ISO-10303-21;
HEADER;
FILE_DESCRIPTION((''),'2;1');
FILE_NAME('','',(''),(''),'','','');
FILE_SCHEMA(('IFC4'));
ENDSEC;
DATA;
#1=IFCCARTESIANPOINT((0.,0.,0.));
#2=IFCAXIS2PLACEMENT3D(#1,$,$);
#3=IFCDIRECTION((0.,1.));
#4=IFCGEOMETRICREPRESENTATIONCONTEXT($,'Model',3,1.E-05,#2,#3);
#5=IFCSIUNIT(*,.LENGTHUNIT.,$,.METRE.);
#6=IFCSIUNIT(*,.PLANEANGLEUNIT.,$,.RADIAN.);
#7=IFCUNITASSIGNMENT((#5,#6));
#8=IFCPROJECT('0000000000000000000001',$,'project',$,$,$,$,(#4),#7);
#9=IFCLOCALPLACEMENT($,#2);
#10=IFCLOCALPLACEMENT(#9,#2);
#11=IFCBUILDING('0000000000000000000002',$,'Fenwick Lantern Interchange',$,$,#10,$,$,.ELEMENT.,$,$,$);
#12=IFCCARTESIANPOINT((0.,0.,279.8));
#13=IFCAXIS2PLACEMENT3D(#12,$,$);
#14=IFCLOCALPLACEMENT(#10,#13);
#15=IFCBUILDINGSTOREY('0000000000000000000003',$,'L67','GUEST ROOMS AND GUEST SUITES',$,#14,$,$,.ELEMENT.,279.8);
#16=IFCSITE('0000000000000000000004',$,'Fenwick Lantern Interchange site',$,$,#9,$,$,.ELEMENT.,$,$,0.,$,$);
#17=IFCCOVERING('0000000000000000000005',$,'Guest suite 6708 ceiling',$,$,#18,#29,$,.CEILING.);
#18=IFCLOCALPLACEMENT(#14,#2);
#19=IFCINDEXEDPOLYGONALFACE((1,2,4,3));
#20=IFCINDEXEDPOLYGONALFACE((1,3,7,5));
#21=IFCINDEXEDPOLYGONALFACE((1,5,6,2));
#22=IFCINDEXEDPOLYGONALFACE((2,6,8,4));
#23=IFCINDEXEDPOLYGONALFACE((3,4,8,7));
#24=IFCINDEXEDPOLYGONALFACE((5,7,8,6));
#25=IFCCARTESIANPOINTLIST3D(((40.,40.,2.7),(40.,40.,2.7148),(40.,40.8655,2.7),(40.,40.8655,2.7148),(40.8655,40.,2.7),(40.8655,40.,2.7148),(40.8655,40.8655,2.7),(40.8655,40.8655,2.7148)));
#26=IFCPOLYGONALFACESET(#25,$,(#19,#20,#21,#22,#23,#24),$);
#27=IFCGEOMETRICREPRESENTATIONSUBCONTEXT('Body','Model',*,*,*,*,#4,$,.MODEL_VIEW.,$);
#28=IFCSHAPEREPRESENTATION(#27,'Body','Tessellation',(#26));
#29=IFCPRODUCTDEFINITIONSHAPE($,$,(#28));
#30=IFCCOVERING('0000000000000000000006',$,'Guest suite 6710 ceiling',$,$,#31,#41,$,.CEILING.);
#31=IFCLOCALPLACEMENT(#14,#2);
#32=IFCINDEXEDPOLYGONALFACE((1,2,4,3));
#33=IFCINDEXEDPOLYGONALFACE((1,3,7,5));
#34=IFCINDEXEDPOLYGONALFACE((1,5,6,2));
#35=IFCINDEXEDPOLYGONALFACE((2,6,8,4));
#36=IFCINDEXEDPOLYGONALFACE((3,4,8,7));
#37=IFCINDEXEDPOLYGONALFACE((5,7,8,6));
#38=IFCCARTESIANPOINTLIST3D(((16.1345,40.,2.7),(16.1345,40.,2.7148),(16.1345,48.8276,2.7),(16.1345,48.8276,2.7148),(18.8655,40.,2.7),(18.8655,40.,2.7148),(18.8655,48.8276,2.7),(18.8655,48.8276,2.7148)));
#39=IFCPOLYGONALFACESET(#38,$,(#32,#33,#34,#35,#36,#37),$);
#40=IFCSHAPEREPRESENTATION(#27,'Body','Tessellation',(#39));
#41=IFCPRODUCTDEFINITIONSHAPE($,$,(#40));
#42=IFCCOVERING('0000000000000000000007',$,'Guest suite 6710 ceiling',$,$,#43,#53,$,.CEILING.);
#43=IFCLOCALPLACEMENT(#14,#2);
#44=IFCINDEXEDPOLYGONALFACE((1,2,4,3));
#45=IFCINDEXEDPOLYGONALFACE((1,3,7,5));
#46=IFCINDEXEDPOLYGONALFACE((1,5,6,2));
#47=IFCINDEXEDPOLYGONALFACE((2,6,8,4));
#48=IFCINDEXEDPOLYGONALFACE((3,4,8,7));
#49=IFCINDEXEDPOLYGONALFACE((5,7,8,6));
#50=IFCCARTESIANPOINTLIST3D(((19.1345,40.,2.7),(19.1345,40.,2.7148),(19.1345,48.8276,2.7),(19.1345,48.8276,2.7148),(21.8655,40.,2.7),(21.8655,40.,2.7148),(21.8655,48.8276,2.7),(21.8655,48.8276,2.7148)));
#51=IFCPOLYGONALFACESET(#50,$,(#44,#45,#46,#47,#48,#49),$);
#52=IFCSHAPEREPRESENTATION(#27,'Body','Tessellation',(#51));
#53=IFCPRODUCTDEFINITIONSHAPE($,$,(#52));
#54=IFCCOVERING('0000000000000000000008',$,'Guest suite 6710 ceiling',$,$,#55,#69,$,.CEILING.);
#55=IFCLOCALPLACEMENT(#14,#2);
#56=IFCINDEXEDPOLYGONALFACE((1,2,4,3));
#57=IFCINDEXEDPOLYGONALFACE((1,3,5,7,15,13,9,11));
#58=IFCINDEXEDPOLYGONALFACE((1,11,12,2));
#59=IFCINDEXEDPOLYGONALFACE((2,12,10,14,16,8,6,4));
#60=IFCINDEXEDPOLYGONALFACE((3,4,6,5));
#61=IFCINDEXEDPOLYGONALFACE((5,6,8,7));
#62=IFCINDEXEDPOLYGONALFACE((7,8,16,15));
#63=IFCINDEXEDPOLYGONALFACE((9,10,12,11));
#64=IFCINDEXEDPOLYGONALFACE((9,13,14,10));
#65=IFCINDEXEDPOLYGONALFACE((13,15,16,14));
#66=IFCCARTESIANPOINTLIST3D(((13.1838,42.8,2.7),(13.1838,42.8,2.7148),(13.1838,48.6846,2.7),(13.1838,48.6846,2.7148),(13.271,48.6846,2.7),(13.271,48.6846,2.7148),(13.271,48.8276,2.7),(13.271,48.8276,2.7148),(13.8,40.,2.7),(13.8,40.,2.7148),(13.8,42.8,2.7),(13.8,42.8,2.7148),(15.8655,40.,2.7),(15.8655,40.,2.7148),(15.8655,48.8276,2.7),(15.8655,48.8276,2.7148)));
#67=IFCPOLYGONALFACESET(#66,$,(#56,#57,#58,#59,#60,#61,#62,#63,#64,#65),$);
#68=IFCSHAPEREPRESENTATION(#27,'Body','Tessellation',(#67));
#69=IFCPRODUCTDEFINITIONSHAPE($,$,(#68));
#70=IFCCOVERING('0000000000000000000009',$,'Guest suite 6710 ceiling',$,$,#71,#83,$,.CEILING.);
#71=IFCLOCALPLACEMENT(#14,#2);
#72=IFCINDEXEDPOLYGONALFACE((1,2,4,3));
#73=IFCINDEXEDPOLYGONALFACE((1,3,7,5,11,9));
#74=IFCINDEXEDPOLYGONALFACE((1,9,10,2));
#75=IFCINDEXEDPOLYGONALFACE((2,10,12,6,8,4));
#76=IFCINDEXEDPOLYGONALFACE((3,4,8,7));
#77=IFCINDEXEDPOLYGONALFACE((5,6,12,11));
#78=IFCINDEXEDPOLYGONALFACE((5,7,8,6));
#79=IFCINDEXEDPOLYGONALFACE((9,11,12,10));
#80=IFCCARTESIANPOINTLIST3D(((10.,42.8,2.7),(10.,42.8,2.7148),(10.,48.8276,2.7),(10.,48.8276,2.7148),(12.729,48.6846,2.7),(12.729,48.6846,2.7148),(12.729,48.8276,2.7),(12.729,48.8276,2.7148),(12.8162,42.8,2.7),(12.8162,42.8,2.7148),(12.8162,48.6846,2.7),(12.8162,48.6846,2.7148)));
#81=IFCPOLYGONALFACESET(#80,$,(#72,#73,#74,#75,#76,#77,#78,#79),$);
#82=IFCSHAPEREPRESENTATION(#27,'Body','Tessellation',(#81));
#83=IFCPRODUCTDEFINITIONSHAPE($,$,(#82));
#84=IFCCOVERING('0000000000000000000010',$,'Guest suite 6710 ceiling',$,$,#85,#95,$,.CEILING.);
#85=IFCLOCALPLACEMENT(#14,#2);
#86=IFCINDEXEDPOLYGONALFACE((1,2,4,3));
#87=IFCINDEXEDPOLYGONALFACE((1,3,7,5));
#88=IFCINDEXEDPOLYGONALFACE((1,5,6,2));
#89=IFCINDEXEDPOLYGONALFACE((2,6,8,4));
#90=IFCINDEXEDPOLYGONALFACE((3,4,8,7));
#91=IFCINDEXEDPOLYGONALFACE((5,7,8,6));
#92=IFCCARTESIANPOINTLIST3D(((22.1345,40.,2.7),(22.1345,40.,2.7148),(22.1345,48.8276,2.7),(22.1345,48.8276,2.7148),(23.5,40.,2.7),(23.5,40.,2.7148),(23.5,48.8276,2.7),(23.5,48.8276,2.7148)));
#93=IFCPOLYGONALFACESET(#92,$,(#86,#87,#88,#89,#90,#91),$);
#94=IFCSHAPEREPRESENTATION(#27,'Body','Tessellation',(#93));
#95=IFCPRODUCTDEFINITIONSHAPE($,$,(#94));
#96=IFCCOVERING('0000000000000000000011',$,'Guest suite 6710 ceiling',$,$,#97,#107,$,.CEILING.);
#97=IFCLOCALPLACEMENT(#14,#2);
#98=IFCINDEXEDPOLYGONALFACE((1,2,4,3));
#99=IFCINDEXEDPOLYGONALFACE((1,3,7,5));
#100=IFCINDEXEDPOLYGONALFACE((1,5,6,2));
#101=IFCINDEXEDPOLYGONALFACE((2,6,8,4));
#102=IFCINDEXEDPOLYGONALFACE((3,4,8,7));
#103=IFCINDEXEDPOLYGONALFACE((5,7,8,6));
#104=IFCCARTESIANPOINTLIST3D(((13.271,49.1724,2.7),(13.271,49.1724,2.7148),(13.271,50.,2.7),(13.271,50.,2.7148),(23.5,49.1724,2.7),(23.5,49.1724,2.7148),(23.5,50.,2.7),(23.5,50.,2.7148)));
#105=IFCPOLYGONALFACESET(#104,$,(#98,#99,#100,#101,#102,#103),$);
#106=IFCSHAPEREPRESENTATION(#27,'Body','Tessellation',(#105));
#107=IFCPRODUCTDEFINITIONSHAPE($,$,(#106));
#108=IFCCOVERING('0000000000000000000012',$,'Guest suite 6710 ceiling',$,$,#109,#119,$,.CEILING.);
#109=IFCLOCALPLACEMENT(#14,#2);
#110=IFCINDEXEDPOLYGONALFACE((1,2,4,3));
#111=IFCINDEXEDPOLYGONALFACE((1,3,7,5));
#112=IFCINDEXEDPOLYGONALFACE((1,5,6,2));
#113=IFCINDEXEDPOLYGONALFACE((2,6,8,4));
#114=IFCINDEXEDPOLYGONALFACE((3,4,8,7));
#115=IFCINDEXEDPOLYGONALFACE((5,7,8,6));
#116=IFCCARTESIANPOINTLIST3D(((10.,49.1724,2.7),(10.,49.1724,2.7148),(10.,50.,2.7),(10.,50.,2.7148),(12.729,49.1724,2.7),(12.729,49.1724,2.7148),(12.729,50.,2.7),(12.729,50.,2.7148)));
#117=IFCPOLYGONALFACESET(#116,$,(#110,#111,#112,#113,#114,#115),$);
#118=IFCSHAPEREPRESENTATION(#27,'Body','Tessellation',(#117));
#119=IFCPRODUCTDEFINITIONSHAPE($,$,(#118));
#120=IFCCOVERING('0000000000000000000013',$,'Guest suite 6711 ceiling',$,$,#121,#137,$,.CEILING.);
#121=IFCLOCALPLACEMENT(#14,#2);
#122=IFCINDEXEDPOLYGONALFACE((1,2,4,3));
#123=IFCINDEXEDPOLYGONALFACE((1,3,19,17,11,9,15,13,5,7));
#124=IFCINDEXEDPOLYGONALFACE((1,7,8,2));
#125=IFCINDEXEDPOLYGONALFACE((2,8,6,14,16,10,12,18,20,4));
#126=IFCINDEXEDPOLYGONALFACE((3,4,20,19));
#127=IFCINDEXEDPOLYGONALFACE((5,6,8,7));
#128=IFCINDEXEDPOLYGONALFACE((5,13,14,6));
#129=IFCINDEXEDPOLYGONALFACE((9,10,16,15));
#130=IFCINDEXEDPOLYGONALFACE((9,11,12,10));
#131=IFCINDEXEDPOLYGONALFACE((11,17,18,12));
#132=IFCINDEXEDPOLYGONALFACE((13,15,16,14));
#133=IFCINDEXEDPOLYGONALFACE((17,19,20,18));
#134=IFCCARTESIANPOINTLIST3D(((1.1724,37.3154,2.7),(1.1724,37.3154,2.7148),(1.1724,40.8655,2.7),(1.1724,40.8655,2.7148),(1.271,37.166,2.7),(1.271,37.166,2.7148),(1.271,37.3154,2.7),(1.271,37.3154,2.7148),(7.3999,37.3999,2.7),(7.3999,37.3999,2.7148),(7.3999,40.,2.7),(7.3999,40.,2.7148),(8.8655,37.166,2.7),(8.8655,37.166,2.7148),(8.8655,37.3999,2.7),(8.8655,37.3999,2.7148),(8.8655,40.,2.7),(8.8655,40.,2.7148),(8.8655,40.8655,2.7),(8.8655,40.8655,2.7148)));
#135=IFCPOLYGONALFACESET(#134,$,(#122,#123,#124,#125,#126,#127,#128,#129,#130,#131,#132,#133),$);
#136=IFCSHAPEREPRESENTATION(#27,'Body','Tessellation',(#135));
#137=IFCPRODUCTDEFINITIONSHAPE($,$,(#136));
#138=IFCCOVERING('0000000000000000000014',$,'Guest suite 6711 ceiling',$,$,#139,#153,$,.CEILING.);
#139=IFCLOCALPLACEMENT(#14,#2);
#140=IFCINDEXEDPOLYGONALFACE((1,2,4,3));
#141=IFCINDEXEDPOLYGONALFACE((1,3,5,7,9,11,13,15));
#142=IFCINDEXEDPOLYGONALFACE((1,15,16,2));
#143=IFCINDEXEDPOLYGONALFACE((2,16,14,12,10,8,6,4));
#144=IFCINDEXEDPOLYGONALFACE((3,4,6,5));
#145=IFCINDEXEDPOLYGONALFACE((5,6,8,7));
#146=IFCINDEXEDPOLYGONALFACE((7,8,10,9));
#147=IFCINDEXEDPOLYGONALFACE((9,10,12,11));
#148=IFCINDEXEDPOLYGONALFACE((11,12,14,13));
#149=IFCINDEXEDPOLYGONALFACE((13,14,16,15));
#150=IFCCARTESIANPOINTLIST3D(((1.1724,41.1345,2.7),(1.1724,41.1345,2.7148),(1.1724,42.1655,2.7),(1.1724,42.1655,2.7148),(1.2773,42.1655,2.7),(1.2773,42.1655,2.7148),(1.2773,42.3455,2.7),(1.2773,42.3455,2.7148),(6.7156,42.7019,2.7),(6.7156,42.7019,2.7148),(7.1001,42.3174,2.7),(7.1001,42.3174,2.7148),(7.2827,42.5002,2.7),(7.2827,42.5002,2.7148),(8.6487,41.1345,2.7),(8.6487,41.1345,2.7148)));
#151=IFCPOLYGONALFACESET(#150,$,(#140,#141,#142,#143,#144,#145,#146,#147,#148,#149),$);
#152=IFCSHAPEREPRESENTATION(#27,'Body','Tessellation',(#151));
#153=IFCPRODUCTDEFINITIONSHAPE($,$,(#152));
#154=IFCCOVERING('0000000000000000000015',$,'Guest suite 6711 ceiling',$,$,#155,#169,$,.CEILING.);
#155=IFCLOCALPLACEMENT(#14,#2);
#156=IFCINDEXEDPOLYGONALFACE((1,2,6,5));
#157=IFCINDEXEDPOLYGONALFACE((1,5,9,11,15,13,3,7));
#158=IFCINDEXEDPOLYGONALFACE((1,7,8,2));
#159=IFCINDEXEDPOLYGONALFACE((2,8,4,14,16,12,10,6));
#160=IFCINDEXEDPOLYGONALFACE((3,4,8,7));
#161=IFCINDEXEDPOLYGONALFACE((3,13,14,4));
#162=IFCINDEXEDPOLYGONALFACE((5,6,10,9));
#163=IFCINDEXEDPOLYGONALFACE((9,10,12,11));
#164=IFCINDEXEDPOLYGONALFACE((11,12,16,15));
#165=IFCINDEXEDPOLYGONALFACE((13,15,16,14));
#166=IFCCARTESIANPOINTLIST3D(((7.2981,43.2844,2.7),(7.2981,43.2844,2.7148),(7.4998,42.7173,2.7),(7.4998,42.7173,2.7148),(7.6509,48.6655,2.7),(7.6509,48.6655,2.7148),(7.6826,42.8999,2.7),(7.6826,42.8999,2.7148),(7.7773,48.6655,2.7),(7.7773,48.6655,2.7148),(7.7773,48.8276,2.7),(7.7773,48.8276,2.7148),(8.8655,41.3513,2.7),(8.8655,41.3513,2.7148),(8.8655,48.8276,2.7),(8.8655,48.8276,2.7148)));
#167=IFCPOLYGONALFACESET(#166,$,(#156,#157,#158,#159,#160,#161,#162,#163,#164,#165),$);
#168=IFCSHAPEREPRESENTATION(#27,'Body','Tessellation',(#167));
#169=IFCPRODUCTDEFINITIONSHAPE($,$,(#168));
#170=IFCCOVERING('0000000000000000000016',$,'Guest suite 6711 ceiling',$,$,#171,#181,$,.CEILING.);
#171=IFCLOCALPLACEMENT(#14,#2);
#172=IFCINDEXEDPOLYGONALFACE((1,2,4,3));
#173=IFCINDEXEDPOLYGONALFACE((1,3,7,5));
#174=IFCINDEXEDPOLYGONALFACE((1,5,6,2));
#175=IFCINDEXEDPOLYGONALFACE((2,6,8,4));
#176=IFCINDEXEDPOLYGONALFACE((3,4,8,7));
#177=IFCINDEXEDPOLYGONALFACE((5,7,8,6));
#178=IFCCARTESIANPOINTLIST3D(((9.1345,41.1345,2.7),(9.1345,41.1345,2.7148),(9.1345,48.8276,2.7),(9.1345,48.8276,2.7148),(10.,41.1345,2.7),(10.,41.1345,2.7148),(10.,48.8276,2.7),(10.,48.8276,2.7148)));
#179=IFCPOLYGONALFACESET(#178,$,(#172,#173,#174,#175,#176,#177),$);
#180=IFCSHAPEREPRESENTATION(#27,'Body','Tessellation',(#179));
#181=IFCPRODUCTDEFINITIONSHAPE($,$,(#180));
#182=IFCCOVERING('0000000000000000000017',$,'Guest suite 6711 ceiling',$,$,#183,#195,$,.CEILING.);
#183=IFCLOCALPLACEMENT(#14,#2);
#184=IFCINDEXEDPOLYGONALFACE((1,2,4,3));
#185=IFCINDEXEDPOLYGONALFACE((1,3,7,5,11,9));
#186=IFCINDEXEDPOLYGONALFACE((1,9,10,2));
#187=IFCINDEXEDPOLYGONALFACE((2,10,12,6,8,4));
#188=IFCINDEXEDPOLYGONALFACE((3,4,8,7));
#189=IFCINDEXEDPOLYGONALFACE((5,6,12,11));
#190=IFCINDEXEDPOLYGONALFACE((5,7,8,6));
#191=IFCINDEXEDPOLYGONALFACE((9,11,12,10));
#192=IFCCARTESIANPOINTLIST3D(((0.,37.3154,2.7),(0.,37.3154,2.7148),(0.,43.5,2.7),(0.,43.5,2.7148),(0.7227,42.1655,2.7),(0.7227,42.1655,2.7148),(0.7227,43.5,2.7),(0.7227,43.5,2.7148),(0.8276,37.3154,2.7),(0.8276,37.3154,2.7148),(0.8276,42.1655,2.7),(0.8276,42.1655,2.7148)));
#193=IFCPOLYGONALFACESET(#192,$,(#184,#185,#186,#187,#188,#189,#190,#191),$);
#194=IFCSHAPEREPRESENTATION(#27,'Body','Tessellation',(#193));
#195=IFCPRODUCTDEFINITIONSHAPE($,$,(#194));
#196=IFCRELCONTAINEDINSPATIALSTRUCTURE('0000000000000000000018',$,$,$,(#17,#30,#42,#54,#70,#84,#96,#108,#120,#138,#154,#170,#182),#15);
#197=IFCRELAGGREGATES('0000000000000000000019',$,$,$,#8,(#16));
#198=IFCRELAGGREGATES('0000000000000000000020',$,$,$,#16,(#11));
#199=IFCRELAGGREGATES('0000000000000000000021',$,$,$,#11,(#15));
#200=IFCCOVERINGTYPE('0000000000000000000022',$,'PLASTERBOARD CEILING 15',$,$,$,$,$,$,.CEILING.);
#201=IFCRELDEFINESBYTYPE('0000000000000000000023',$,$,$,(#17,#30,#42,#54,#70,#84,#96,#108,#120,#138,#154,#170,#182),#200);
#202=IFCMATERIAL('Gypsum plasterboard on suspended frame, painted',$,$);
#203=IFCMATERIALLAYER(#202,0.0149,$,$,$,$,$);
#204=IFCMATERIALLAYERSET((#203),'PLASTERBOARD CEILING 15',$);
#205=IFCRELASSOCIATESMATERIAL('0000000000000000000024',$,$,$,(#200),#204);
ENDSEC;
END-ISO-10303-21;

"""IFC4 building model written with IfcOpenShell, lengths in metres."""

from ifc_helpers import new_model, si_unit, direction, frame, origin, place, context, subcontext, project, spatial, polyline, outline, extrude, material, layer, layer_set, type_object, element, save


model = new_model("IFC4")

# Units and contexts
model_context = context("Model", 3, precision=1e-05, world=origin(), true_north=direction((0.0, 1.0)))
body_context = subcontext(model_context, "Body", "Model", "MODEL_VIEW")
ifc_project = project(units=[si_unit("LENGTHUNIT", "METRE"), si_unit("PLANEANGLEUNIT", "RADIAN")], contexts=[model_context])

# Site, building, storey
site_placement = place(None, origin())
site = spatial("IfcSite", under=ifc_project, at=site_placement, Name="Fenwick Lantern Interchange site", CompositionType="ELEMENT", RefElevation=0.0)
building_placement = place(site_placement, origin())
building = spatial("IfcBuilding", under=site, at=building_placement, Name="Fenwick Lantern Interchange", CompositionType="ELEMENT")
storey_placement = place(building_placement, frame((0.0, 0.0, 279.8)))
storey = spatial("IfcBuildingStorey", under=building, at=storey_placement, Name="L67", Description="GUEST ROOMS AND GUEST SUITES", CompositionType="ELEMENT", Elevation=279.8)

# Coverings
ifc_material = material(Name="Gypsum plasterboard on suspended frame, painted")
ifc_layer = layer(ifc_material, 0.0149)
ifc_layer_set = layer_set([ifc_layer], Name="PLASTERBOARD CEILING 15")
covering_type = type_object("IfcCoveringType", Name="PLASTERBOARD CEILING 15", PredefinedType="CEILING", material=ifc_layer_set)
covering_1_placement = place(storey_placement, frame((0.0, 0.0, 2.7)))
element("IfcCovering", 1, at=covering_1_placement, inside=storey, type_object=covering_type, Name="Guest suite 6708 ceiling", PredefinedType="CEILING", context=body_context, shape_type="SweptSolid", body=[
    extrude(outline(polyline([(40.0, 40.0), (40.8655, 40.0), (40.8655, 40.8655), (40.0, 40.8655), (40.0, 40.0)])), origin(), (0.0, 0.0, 1.0), 0.0149),
])
covering_2_placement = place(storey_placement, frame((0.0, 0.0, 2.7)))
element("IfcCovering", 2, at=covering_2_placement, inside=storey, type_object=covering_type, Name="Guest suite 6710 ceiling", PredefinedType="CEILING", context=body_context, shape_type="SweptSolid", body=[
    extrude(outline(polyline([(16.1345, 40.0), (18.8655, 40.0), (18.8655, 48.8276), (16.1345, 48.8276), (16.1345, 40.0)])), origin(), (0.0, 0.0, 1.0), 0.0149),
])
covering_3_placement = place(storey_placement, frame((0.0, 0.0, 2.7)))
element("IfcCovering", 3, at=covering_3_placement, inside=storey, type_object=covering_type, Name="Guest suite 6710 ceiling", PredefinedType="CEILING", context=body_context, shape_type="SweptSolid", body=[
    extrude(outline(polyline([(19.1345, 40.0), (21.8655, 40.0), (21.8655, 48.8276), (19.1345, 48.8276), (19.1345, 40.0)])), origin(), (0.0, 0.0, 1.0), 0.0149),
])
covering_4_placement = place(storey_placement, frame((0.0, 0.0, 2.7)))
element("IfcCovering", 4, at=covering_4_placement, inside=storey, type_object=covering_type, Name="Guest suite 6710 ceiling", PredefinedType="CEILING", context=body_context, shape_type="SweptSolid", body=[
    extrude(outline(polyline([(13.271, 48.6846), (13.1838, 48.6846), (13.1838, 42.8), (13.8, 42.8), (13.8, 40.0), (15.8655, 40.0), (15.8655, 48.8276), (13.271, 48.8276), (13.271, 48.6846)])), origin(), (0.0, 0.0, 1.0), 0.0149),
])
covering_5_placement = place(storey_placement, frame((0.0, 0.0, 2.7)))
element("IfcCovering", 5, at=covering_5_placement, inside=storey, type_object=covering_type, Name="Guest suite 6710 ceiling", PredefinedType="CEILING", context=body_context, shape_type="SweptSolid", body=[
    extrude(outline(polyline([(12.729, 48.6846), (12.729, 48.8276), (10.0, 48.8276), (10.0, 42.8), (12.8162, 42.8), (12.8162, 48.6846), (12.729, 48.6846)])), origin(), (0.0, 0.0, 1.0), 0.0149),
])
covering_6_placement = place(storey_placement, frame((0.0, 0.0, 2.7)))
element("IfcCovering", 6, at=covering_6_placement, inside=storey, type_object=covering_type, Name="Guest suite 6710 ceiling", PredefinedType="CEILING", context=body_context, shape_type="SweptSolid", body=[
    extrude(outline(polyline([(23.5, 40.0), (23.5, 48.8276), (22.1345, 48.8276), (22.1345, 40.0), (23.5, 40.0)])), origin(), (0.0, 0.0, 1.0), 0.0149),
])
covering_7_placement = place(storey_placement, frame((0.0, 0.0, 2.7)))
element("IfcCovering", 7, at=covering_7_placement, inside=storey, type_object=covering_type, Name="Guest suite 6710 ceiling", PredefinedType="CEILING", context=body_context, shape_type="SweptSolid", body=[
    extrude(outline(polyline([(13.271, 50.0), (13.271, 49.1724), (23.5, 49.1724), (23.5, 50.0), (13.271, 50.0)])), origin(), (0.0, 0.0, 1.0), 0.0149),
])
covering_8_placement = place(storey_placement, frame((0.0, 0.0, 2.7)))
element("IfcCovering", 8, at=covering_8_placement, inside=storey, type_object=covering_type, Name="Guest suite 6710 ceiling", PredefinedType="CEILING", context=body_context, shape_type="SweptSolid", body=[
    extrude(outline(polyline([(12.729, 49.1724), (12.729, 50.0), (10.0, 50.0), (10.0, 49.1724), (12.729, 49.1724)])), origin(), (0.0, 0.0, 1.0), 0.0149),
])
covering_9_placement = place(storey_placement, frame((0.0, 0.0, 2.7)))
element("IfcCovering", 9, at=covering_9_placement, inside=storey, type_object=covering_type, Name="Guest suite 6711 ceiling", PredefinedType="CEILING", context=body_context, shape_type="SweptSolid", body=[
    extrude(outline(polyline([(7.3999, 40.0), (8.8655, 40.0), (8.8655, 40.8655), (1.1724, 40.8655), (1.1724, 37.3154), (1.271, 37.3154), (1.271, 37.166), (8.8655, 37.166), (8.8655, 37.3999), (7.3999, 37.3999), (7.3999, 40.0)])), origin(), (0.0, 0.0, 1.0), 0.0149),
])
covering_10_placement = place(storey_placement, frame((0.0, 0.0, 2.7)))
element("IfcCovering", 10, at=covering_10_placement, inside=storey, type_object=covering_type, Name="Guest suite 6711 ceiling", PredefinedType="CEILING", context=body_context, shape_type="SweptSolid", body=[
    extrude(outline(polyline([(1.2773, 42.1655), (1.1724, 42.1655), (1.1724, 41.1345), (8.6487, 41.1345), (7.2827, 42.5002), (7.1001, 42.3174), (6.7156, 42.7019), (1.2773, 42.3455), (1.2773, 42.1655)])), origin(), (0.0, 0.0, 1.0), 0.0149),
])
covering_11_placement = place(storey_placement, frame((0.0, 0.0, 2.7)))
element("IfcCovering", 11, at=covering_11_placement, inside=storey, type_object=covering_type, Name="Guest suite 6711 ceiling", PredefinedType="CEILING", context=body_context, shape_type="SweptSolid", body=[
    extrude(outline(polyline([(7.7773, 48.6655), (7.6509, 48.6655), (7.2981, 43.2844), (7.6826, 42.8999), (7.4998, 42.7173), (8.8655, 41.3513), (8.8655, 48.8276), (7.7773, 48.8276), (7.7773, 48.6655)])), origin(), (0.0, 0.0, 1.0), 0.0149),
])
covering_12_placement = place(storey_placement, frame((0.0, 0.0, 2.7)))
element("IfcCovering", 12, at=covering_12_placement, inside=storey, type_object=covering_type, Name="Guest suite 6711 ceiling", PredefinedType="CEILING", context=body_context, shape_type="SweptSolid", body=[
    extrude(outline(polyline([(10.0, 41.1345), (10.0, 48.8276), (9.1345, 48.8276), (9.1345, 41.1345), (10.0, 41.1345)])), origin(), (0.0, 0.0, 1.0), 0.0149),
])
covering_13_placement = place(storey_placement, frame((0.0, 0.0, 2.7)))
element("IfcCovering", 13, at=covering_13_placement, inside=storey, type_object=covering_type, Name="Guest suite 6711 ceiling", PredefinedType="CEILING", context=body_context, shape_type="SweptSolid", body=[
    extrude(outline(polyline([(0.0, 37.3154), (0.8276, 37.3154), (0.8276, 42.1655), (0.7227, 42.1655), (0.7227, 43.5), (0.0, 43.5), (0.0, 37.3154)])), origin(), (0.0, 0.0, 1.0), 0.0149),
])

save(model, "model.ifc")
